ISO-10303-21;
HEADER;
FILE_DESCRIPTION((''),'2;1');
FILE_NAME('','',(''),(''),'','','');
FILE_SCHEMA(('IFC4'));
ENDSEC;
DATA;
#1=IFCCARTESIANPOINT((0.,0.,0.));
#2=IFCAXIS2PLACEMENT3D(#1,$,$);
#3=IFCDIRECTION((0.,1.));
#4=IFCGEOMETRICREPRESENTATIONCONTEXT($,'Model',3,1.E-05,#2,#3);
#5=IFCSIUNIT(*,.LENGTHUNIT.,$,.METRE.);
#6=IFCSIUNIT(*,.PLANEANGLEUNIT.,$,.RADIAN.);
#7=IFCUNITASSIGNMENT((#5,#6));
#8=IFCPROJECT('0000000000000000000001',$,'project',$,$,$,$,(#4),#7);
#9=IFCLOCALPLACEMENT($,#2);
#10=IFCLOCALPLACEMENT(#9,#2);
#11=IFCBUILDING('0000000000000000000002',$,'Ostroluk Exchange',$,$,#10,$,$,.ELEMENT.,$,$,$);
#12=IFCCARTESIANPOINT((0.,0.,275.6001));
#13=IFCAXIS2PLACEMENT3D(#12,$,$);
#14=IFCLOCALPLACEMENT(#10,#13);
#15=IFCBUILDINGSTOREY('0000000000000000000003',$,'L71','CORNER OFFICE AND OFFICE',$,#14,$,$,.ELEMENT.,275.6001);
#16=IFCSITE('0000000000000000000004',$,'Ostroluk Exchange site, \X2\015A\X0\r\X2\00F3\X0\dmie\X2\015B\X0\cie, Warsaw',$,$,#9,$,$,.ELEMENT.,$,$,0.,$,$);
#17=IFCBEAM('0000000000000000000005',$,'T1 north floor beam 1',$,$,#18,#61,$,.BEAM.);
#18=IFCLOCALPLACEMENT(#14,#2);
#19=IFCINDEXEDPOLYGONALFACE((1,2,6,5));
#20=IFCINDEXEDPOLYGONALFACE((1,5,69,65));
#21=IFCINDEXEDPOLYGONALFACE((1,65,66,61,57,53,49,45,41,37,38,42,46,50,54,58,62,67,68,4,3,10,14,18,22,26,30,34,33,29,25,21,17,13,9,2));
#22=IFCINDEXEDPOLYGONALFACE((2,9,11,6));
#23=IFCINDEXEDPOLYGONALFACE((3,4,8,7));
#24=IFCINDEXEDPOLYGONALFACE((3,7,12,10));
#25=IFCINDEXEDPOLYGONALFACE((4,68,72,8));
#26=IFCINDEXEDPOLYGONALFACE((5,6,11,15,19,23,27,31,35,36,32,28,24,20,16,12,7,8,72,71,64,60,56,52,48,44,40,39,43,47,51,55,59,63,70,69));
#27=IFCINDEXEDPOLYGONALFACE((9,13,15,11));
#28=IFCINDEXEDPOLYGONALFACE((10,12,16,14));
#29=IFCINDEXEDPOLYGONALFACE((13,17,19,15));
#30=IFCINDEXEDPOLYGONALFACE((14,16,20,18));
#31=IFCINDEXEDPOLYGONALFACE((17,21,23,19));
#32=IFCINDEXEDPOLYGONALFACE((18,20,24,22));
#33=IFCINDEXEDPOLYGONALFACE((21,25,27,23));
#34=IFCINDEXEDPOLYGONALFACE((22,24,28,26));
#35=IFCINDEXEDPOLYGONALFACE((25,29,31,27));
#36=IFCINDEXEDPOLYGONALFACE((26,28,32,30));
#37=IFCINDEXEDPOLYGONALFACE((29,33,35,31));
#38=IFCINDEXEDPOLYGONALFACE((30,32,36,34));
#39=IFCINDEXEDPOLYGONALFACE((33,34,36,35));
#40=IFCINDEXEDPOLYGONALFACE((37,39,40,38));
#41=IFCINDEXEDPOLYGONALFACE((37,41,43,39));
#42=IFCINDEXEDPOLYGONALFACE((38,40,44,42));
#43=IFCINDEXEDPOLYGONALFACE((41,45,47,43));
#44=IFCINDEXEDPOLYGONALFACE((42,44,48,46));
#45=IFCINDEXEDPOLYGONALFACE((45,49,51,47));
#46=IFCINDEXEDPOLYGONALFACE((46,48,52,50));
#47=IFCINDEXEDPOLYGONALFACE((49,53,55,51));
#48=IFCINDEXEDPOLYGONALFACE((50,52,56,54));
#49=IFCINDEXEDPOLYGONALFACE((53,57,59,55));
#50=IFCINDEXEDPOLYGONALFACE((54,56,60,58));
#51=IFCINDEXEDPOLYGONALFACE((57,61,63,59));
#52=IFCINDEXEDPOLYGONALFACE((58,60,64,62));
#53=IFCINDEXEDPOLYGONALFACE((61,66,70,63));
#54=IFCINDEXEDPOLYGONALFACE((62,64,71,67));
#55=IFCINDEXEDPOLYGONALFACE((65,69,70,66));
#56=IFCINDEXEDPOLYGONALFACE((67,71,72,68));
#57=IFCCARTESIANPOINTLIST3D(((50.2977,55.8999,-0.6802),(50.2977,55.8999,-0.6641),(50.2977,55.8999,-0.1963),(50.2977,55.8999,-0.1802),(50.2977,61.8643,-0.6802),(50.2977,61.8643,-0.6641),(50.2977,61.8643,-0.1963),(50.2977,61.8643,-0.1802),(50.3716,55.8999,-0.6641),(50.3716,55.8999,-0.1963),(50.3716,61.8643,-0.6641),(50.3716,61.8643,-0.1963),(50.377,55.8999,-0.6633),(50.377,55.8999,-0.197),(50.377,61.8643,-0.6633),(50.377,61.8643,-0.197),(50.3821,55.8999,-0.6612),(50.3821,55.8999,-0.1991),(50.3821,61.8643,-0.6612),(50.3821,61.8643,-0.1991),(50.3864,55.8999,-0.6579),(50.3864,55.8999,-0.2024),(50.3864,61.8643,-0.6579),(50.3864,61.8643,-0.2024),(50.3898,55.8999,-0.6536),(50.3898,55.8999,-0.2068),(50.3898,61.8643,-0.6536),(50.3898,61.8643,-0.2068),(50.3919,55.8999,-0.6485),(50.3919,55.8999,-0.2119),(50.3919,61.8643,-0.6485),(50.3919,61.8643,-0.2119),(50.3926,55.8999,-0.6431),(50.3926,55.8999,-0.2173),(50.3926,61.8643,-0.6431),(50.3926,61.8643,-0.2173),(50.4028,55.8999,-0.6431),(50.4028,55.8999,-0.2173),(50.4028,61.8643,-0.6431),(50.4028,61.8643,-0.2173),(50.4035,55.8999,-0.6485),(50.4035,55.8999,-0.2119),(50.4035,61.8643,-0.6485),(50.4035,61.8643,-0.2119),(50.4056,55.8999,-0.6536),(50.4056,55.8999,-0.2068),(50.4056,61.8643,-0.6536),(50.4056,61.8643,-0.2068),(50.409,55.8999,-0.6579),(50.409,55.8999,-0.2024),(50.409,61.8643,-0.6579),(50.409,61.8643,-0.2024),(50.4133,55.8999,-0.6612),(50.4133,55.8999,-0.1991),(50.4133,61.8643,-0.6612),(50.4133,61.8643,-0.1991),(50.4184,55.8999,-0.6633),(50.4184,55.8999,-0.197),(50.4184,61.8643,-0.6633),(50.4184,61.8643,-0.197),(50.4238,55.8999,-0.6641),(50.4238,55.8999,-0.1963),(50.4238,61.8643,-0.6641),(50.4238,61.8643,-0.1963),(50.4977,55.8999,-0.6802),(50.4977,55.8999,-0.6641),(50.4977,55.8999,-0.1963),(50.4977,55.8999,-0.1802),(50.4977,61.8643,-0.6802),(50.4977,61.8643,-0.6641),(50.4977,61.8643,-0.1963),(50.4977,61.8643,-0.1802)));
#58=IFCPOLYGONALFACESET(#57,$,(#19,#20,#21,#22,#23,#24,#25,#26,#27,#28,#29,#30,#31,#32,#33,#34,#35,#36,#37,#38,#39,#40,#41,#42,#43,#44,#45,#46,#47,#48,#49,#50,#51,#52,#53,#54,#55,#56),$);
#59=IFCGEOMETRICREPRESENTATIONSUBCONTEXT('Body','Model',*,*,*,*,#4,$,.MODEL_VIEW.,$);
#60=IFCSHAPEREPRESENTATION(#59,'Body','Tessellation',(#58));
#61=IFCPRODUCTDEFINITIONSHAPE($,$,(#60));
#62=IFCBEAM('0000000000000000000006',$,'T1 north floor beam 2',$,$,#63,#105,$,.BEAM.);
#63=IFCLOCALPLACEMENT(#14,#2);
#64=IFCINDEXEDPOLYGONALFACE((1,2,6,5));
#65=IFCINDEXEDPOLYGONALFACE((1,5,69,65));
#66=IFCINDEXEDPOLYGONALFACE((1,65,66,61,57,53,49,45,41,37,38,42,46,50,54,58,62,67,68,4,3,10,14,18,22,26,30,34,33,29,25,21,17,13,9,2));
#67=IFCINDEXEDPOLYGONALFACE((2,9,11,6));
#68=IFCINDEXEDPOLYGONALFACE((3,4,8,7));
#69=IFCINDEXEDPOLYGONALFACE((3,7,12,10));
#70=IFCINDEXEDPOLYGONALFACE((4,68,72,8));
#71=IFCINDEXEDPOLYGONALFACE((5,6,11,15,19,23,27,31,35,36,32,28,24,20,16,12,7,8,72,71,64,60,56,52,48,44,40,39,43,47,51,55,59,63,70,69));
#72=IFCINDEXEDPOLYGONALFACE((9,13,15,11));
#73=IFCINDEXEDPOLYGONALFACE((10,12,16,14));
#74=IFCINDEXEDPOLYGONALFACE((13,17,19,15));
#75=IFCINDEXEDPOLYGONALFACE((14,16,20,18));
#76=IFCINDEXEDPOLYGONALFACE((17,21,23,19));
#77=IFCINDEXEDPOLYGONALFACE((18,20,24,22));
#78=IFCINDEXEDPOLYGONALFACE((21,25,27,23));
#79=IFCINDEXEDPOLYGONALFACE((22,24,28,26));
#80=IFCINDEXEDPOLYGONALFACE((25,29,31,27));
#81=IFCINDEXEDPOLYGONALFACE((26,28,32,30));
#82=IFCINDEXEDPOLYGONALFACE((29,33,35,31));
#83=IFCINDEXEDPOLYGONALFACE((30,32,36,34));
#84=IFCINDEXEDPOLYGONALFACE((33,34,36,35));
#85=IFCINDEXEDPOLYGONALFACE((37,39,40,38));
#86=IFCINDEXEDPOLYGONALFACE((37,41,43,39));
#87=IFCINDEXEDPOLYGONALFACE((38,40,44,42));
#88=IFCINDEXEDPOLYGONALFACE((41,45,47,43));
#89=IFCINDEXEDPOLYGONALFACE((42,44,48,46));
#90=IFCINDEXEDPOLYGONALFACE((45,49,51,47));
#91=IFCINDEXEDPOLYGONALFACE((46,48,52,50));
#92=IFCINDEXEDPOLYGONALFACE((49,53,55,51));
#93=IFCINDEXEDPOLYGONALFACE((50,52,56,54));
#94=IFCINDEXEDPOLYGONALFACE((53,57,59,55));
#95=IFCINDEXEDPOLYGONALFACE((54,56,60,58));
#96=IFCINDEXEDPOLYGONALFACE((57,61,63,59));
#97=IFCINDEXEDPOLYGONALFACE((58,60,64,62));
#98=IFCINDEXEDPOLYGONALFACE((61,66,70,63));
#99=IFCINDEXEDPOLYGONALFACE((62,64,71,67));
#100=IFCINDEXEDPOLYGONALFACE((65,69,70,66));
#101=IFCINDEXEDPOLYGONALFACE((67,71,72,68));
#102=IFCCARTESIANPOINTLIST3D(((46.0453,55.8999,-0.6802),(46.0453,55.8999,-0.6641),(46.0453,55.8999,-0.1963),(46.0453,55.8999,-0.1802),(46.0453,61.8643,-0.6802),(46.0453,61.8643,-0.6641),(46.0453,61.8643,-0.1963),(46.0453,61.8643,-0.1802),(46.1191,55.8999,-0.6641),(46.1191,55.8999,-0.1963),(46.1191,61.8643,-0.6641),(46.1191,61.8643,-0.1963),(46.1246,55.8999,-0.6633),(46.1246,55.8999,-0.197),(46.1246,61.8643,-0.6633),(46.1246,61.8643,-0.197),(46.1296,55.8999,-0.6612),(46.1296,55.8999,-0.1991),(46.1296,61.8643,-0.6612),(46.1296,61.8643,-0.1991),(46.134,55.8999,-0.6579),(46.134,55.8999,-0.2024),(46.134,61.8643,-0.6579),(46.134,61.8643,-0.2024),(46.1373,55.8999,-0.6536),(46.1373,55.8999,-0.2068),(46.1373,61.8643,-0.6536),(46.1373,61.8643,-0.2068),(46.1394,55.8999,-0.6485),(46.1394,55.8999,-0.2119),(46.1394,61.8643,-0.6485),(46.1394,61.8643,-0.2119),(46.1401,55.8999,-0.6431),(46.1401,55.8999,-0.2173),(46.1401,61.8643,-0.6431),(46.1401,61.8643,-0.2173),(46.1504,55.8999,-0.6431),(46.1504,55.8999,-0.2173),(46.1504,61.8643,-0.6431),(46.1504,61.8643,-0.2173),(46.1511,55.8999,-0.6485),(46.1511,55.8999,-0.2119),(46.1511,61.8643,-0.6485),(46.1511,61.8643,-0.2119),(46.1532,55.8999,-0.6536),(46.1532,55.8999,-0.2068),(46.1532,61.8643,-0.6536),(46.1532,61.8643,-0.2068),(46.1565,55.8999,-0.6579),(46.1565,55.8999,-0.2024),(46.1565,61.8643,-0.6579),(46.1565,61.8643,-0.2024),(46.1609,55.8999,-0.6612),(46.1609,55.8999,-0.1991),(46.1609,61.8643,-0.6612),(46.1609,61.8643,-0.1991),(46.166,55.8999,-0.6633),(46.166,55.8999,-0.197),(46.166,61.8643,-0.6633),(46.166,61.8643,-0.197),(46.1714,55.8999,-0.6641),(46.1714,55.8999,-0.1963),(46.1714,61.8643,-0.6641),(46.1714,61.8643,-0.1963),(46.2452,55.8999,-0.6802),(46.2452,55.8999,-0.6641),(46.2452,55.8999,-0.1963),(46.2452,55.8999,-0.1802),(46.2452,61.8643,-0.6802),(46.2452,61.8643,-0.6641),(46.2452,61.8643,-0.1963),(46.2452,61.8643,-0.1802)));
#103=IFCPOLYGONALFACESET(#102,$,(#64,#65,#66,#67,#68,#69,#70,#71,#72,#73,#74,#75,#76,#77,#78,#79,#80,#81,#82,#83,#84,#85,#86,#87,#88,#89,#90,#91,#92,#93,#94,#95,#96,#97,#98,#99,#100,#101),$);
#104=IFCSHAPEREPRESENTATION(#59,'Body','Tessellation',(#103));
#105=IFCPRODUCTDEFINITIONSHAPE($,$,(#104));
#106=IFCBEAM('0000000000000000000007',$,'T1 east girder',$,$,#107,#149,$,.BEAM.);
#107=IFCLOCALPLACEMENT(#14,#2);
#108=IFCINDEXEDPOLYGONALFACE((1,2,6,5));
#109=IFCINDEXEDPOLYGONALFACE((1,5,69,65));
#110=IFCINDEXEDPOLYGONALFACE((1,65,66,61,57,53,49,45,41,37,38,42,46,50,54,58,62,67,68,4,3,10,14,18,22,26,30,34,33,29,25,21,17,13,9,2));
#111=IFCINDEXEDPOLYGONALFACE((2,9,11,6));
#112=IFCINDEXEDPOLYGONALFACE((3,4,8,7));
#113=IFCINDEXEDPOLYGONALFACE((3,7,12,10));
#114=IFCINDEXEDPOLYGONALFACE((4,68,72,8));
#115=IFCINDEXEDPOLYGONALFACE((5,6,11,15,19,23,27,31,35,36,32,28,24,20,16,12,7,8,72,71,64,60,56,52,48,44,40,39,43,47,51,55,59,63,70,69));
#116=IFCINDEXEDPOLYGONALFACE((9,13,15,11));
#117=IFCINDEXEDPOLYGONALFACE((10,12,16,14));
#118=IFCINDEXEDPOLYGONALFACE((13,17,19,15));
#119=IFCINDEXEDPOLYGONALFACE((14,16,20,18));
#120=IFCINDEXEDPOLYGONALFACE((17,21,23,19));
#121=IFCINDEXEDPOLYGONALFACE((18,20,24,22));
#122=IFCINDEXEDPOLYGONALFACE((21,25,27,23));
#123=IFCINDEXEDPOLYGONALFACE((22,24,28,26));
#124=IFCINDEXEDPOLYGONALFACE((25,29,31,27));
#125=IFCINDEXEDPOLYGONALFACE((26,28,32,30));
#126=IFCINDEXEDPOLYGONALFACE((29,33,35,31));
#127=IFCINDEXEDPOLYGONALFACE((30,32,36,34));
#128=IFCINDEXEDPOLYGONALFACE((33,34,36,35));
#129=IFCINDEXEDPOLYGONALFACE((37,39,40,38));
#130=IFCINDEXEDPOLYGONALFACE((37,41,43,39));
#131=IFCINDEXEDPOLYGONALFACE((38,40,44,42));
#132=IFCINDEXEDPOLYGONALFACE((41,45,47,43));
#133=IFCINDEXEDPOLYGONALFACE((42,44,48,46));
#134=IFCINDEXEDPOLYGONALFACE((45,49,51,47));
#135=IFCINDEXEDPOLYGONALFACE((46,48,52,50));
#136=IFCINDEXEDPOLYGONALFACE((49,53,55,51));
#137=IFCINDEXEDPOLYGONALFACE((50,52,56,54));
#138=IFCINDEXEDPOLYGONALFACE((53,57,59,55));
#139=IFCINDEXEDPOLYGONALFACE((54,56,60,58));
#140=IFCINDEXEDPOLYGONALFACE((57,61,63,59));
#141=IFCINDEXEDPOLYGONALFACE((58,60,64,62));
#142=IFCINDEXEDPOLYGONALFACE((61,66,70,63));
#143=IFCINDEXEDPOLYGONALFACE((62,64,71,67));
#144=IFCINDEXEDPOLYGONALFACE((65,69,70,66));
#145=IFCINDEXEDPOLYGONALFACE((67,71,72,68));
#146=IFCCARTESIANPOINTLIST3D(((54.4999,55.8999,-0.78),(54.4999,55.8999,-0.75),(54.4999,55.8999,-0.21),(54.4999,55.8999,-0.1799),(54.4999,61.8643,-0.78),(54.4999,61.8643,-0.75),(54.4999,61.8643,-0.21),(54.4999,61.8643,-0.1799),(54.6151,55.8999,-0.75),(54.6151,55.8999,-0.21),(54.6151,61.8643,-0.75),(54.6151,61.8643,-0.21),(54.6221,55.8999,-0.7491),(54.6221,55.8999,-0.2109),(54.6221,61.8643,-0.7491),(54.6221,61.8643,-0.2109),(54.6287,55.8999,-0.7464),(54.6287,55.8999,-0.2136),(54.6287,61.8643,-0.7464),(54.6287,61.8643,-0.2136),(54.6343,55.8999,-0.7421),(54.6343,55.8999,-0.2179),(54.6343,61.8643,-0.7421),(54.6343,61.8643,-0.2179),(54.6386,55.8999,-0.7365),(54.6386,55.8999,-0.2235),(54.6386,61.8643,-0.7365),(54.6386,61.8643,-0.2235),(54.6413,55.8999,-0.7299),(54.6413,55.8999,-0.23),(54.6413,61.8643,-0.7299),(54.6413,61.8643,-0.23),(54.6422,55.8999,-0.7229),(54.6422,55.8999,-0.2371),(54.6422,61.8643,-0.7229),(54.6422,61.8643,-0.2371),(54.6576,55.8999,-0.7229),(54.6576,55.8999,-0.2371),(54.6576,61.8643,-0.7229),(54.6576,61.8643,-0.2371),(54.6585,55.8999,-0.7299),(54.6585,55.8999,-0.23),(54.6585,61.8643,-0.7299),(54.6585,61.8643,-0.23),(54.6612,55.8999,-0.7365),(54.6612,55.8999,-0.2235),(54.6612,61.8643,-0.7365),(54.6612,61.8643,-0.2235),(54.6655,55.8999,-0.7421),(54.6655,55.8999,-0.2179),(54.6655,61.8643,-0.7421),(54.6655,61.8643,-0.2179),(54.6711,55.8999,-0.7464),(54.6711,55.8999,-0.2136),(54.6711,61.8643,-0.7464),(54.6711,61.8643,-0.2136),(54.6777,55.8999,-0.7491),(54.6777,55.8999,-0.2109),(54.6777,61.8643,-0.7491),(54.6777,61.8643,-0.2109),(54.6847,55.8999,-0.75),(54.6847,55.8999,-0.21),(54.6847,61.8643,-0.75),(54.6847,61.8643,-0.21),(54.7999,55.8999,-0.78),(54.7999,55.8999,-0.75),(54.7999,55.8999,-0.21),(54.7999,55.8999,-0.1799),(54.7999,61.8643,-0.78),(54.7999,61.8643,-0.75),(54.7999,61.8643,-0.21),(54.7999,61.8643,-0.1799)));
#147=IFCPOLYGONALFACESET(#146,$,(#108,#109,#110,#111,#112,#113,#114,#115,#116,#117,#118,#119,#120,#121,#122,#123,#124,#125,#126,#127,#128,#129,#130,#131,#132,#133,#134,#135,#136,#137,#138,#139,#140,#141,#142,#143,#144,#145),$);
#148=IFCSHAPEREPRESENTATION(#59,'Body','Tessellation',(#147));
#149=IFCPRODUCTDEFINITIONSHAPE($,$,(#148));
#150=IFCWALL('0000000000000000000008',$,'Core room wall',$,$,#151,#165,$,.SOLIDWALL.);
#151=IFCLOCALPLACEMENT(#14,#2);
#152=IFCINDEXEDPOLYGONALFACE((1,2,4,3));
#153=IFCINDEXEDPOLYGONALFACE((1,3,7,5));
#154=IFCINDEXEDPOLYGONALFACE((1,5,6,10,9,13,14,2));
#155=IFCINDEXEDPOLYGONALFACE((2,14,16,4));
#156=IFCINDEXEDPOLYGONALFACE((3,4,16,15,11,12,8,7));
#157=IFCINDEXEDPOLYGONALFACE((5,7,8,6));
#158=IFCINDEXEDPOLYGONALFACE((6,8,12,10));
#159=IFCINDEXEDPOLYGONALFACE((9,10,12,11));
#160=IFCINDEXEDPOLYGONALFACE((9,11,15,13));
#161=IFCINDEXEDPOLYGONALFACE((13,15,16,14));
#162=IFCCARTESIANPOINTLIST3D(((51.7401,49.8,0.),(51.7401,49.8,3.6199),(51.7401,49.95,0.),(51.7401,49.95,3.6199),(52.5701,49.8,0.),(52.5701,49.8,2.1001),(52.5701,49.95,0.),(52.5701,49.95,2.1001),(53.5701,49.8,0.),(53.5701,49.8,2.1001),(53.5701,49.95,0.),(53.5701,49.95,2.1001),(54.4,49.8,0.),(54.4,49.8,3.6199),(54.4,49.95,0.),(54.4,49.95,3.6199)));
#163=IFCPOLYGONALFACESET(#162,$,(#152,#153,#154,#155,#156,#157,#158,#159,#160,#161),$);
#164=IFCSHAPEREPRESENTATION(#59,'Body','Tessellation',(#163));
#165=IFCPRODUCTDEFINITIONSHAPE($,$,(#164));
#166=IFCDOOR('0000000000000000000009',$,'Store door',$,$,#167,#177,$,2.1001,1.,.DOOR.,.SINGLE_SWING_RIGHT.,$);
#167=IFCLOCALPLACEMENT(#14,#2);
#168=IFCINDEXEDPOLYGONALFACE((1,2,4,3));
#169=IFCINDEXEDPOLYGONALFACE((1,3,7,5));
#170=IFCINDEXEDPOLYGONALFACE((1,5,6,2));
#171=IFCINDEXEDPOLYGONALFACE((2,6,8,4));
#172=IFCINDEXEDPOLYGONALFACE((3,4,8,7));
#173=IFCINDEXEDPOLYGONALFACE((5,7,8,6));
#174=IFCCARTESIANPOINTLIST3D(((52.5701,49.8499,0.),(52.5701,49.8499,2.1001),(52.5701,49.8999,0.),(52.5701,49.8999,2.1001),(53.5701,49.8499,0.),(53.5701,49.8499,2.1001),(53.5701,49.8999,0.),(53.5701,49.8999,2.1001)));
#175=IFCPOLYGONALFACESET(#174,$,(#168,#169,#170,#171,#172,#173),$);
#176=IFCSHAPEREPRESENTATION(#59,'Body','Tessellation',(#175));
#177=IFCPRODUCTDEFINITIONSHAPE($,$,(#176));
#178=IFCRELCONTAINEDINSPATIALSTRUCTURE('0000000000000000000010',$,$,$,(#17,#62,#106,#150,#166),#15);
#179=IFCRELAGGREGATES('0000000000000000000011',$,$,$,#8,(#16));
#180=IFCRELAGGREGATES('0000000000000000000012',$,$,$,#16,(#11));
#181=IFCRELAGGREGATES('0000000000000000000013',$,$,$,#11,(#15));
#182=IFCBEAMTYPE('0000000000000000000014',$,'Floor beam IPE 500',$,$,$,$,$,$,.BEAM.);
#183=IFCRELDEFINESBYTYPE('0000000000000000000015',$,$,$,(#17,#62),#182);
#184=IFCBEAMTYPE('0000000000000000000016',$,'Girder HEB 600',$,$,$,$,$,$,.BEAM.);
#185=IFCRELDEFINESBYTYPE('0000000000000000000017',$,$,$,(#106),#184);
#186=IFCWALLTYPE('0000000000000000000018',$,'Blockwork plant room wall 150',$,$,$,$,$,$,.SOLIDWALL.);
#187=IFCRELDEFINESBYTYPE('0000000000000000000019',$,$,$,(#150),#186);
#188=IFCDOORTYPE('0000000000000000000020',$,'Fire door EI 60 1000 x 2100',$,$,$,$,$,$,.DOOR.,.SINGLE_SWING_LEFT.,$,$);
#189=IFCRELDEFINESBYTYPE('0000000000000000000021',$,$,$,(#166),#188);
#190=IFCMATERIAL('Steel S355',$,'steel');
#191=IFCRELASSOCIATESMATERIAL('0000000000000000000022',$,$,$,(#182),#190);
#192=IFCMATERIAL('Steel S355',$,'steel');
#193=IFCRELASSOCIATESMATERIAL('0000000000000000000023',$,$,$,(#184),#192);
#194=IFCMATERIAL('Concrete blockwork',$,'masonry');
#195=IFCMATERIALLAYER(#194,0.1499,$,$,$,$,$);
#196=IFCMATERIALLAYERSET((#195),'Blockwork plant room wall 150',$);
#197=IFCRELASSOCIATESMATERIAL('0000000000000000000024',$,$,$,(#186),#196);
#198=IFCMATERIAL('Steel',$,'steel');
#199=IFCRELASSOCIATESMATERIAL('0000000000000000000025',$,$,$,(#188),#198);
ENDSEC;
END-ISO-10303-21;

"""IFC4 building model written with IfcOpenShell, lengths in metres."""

from ifc_helpers import new_model, si_unit, direction, frame, frame_2d, origin, origin_2d, place, context, subcontext, project, spatial, rectangle, i_section, extrude, material, layer, layer_set, material_profile, profile_set, type_object, element, fill, save


model = new_model("IFC4")

# Units and contexts
model_context = context("Model", 3, precision=1e-05, world=origin(), true_north=direction((0.0, 1.0)))
body_context = subcontext(model_context, "Body", "Model", "MODEL_VIEW")
ifc_project = project(units=[si_unit("LENGTHUNIT", "METRE"), si_unit("PLANEANGLEUNIT", "RADIAN")], contexts=[model_context])

# Site, building, storey
site_placement = place(None, origin())
site = spatial("IfcSite", under=ifc_project, at=site_placement, Name="Ostroluk Exchange site, Śródmieście, Warsaw", CompositionType="ELEMENT", RefElevation=0.0)
building_placement = place(site_placement, origin())
building = spatial("IfcBuilding", under=site, at=building_placement, Name="Ostroluk Exchange", CompositionType="ELEMENT")
storey_placement = place(building_placement, frame((0.0, 0.0, 275.6001)))
storey = spatial("IfcBuildingStorey", under=building, at=storey_placement, Name="L71", Description="CORNER OFFICE AND OFFICE", CompositionType="ELEMENT", Elevation=275.6001)

# Beams
ifc_material_1 = material(Name="Steel S355", Category="steel")
ifc_material_profile_1 = material_profile(ifc_material_1, i_section(OverallWidth=0.2, OverallDepth=0.5, WebThickness=0.0103, FlangeThickness=0.0161, FilletRadius=0.021, at=origin_2d()), Name="IPE 500")
ifc_profile_set_1 = profile_set([ifc_material_profile_1], Name="Steel S355")
beam_type_1 = type_object("IfcBeamType", Name="Floor beam IPE 500", PredefinedType="BEAM", material=ifc_profile_set_1)
for number, where, z_axis, x_axis, name in (
    (1, (50.3977, 55.8999, -0.4302), (0.0, 1.0, 0.0), (-1.0, 0.0, 0.0), "T1 north floor beam 1"),
    (2, (46.1453, 55.8999, -0.4302), (0.0, 1.0, 0.0), (-1.0, 0.0, 0.0), "T1 north floor beam 2"),
):
    element("IfcBeam", number, at=place(storey_placement, frame(where, z_axis=z_axis, x_axis=x_axis)), inside=storey, type_object=beam_type_1, Name=name, PredefinedType="BEAM", context=body_context, shape_type="SweptSolid", body=[
        extrude(i_section(OverallWidth=0.2, OverallDepth=0.5, WebThickness=0.0103, FlangeThickness=0.0161, FilletRadius=0.021, at=origin_2d()), origin(), (0.0, 0.0, 1.0), 5.9644),
    ])
ifc_material_2 = material(Name="Steel S355", Category="steel")
ifc_material_profile_2 = material_profile(ifc_material_2, i_section(OverallWidth=0.3, OverallDepth=0.6001, WebThickness=0.0154, FlangeThickness=0.03, FilletRadius=0.0271, at=origin_2d()), Name="HEB 600")
ifc_profile_set_2 = profile_set([ifc_material_profile_2], Name="Steel S355")
beam_type_2 = type_object("IfcBeamType", Name="Girder HEB 600", PredefinedType="BEAM", material=ifc_profile_set_2)
beam_placement = place(storey_placement, frame((54.6499, 55.8999, -0.48), z_axis=(0.0, 1.0, 0.0), x_axis=(-1.0, 0.0, 0.0)))
element("IfcBeam", 3, at=beam_placement, inside=storey, type_object=beam_type_2, Name="T1 east girder", PredefinedType="BEAM", context=body_context, shape_type="SweptSolid", body=[
    extrude(i_section(OverallWidth=0.3, OverallDepth=0.6001, WebThickness=0.0154, FlangeThickness=0.03, FilletRadius=0.0271, at=origin_2d()), origin(), (0.0, 0.0, 1.0), 5.9644),
])

# Wall, opening, door
ifc_material_3 = material(Name="Concrete blockwork", Category="masonry")
ifc_layer_1 = layer(ifc_material_3, 0.1499)
ifc_layer_set_1 = layer_set([ifc_layer_1], Name="Blockwork plant room wall 150")
wall_type_1 = type_object("IfcWallType", Name="Blockwork plant room wall 150", PredefinedType="SOLIDWALL", material=ifc_layer_set_1)
wall_1_placement = place(storey_placement, frame((51.74, 49.875, 0.0), z_axis=(0.0, 0.0, 1.0), x_axis=(1.0, 0.0, 0.0)))
wall_1 = element("IfcWall", 4, at=wall_1_placement, inside=storey, type_object=wall_type_1, Name="Core room wall", PredefinedType="SOLIDWALL", context=body_context, shape_type="SweptSolid", body=[
    extrude(rectangle(XDim=2.6599, YDim=0.1499, at=frame_2d((1.3301, 0.0))), origin(), (0.0, 0.0, 1.0), 3.6199),
])
opening_1_placement = place(wall_1_placement, frame((0.8301, 0.0, 0.0)))
opening_1 = element("IfcOpeningElement", 5, at=opening_1_placement, cuts=wall_1, PredefinedType="OPENING", context=body_context, shape_type="SweptSolid", body=[
    extrude(rectangle(XDim=1.0, YDim=2.1001, at=frame_2d((0.5, 1.05))), frame((0.0, 0.085, 0.0), z_axis=(0.0, -1.0, 0.0), x_axis=(1.0, 0.0, 0.0)), (0.0, 0.0, 1.0), 0.1699),
])
ifc_material_4 = material(Name="Steel", Category="steel")
door_type_1 = type_object("IfcDoorType", Name="Fire door EI 60 1000 x 2100", OperationType="SINGLE_SWING_LEFT", PredefinedType="DOOR", material=ifc_material_4)
door_1_placement = place(opening_1_placement, origin())
door_1 = element("IfcDoor", 6, at=door_1_placement, inside=storey, type_object=door_type_1, Name="Store door", OperationType="SINGLE_SWING_RIGHT", OverallHeight=2.1001, OverallWidth=1.0, PredefinedType="DOOR", context=body_context, shape_type="SweptSolid", body=[
    extrude(rectangle(XDim=1.0, YDim=2.1001, at=frame_2d((0.5, 1.05))), frame((0.0, 0.0249, 0.0), z_axis=(0.0, -1.0, 0.0), x_axis=(1.0, 0.0, 0.0)), (0.0, 0.0, 1.0), 0.05),
])
fill(opening_1, door_1)

save(model, "model.ifc")
